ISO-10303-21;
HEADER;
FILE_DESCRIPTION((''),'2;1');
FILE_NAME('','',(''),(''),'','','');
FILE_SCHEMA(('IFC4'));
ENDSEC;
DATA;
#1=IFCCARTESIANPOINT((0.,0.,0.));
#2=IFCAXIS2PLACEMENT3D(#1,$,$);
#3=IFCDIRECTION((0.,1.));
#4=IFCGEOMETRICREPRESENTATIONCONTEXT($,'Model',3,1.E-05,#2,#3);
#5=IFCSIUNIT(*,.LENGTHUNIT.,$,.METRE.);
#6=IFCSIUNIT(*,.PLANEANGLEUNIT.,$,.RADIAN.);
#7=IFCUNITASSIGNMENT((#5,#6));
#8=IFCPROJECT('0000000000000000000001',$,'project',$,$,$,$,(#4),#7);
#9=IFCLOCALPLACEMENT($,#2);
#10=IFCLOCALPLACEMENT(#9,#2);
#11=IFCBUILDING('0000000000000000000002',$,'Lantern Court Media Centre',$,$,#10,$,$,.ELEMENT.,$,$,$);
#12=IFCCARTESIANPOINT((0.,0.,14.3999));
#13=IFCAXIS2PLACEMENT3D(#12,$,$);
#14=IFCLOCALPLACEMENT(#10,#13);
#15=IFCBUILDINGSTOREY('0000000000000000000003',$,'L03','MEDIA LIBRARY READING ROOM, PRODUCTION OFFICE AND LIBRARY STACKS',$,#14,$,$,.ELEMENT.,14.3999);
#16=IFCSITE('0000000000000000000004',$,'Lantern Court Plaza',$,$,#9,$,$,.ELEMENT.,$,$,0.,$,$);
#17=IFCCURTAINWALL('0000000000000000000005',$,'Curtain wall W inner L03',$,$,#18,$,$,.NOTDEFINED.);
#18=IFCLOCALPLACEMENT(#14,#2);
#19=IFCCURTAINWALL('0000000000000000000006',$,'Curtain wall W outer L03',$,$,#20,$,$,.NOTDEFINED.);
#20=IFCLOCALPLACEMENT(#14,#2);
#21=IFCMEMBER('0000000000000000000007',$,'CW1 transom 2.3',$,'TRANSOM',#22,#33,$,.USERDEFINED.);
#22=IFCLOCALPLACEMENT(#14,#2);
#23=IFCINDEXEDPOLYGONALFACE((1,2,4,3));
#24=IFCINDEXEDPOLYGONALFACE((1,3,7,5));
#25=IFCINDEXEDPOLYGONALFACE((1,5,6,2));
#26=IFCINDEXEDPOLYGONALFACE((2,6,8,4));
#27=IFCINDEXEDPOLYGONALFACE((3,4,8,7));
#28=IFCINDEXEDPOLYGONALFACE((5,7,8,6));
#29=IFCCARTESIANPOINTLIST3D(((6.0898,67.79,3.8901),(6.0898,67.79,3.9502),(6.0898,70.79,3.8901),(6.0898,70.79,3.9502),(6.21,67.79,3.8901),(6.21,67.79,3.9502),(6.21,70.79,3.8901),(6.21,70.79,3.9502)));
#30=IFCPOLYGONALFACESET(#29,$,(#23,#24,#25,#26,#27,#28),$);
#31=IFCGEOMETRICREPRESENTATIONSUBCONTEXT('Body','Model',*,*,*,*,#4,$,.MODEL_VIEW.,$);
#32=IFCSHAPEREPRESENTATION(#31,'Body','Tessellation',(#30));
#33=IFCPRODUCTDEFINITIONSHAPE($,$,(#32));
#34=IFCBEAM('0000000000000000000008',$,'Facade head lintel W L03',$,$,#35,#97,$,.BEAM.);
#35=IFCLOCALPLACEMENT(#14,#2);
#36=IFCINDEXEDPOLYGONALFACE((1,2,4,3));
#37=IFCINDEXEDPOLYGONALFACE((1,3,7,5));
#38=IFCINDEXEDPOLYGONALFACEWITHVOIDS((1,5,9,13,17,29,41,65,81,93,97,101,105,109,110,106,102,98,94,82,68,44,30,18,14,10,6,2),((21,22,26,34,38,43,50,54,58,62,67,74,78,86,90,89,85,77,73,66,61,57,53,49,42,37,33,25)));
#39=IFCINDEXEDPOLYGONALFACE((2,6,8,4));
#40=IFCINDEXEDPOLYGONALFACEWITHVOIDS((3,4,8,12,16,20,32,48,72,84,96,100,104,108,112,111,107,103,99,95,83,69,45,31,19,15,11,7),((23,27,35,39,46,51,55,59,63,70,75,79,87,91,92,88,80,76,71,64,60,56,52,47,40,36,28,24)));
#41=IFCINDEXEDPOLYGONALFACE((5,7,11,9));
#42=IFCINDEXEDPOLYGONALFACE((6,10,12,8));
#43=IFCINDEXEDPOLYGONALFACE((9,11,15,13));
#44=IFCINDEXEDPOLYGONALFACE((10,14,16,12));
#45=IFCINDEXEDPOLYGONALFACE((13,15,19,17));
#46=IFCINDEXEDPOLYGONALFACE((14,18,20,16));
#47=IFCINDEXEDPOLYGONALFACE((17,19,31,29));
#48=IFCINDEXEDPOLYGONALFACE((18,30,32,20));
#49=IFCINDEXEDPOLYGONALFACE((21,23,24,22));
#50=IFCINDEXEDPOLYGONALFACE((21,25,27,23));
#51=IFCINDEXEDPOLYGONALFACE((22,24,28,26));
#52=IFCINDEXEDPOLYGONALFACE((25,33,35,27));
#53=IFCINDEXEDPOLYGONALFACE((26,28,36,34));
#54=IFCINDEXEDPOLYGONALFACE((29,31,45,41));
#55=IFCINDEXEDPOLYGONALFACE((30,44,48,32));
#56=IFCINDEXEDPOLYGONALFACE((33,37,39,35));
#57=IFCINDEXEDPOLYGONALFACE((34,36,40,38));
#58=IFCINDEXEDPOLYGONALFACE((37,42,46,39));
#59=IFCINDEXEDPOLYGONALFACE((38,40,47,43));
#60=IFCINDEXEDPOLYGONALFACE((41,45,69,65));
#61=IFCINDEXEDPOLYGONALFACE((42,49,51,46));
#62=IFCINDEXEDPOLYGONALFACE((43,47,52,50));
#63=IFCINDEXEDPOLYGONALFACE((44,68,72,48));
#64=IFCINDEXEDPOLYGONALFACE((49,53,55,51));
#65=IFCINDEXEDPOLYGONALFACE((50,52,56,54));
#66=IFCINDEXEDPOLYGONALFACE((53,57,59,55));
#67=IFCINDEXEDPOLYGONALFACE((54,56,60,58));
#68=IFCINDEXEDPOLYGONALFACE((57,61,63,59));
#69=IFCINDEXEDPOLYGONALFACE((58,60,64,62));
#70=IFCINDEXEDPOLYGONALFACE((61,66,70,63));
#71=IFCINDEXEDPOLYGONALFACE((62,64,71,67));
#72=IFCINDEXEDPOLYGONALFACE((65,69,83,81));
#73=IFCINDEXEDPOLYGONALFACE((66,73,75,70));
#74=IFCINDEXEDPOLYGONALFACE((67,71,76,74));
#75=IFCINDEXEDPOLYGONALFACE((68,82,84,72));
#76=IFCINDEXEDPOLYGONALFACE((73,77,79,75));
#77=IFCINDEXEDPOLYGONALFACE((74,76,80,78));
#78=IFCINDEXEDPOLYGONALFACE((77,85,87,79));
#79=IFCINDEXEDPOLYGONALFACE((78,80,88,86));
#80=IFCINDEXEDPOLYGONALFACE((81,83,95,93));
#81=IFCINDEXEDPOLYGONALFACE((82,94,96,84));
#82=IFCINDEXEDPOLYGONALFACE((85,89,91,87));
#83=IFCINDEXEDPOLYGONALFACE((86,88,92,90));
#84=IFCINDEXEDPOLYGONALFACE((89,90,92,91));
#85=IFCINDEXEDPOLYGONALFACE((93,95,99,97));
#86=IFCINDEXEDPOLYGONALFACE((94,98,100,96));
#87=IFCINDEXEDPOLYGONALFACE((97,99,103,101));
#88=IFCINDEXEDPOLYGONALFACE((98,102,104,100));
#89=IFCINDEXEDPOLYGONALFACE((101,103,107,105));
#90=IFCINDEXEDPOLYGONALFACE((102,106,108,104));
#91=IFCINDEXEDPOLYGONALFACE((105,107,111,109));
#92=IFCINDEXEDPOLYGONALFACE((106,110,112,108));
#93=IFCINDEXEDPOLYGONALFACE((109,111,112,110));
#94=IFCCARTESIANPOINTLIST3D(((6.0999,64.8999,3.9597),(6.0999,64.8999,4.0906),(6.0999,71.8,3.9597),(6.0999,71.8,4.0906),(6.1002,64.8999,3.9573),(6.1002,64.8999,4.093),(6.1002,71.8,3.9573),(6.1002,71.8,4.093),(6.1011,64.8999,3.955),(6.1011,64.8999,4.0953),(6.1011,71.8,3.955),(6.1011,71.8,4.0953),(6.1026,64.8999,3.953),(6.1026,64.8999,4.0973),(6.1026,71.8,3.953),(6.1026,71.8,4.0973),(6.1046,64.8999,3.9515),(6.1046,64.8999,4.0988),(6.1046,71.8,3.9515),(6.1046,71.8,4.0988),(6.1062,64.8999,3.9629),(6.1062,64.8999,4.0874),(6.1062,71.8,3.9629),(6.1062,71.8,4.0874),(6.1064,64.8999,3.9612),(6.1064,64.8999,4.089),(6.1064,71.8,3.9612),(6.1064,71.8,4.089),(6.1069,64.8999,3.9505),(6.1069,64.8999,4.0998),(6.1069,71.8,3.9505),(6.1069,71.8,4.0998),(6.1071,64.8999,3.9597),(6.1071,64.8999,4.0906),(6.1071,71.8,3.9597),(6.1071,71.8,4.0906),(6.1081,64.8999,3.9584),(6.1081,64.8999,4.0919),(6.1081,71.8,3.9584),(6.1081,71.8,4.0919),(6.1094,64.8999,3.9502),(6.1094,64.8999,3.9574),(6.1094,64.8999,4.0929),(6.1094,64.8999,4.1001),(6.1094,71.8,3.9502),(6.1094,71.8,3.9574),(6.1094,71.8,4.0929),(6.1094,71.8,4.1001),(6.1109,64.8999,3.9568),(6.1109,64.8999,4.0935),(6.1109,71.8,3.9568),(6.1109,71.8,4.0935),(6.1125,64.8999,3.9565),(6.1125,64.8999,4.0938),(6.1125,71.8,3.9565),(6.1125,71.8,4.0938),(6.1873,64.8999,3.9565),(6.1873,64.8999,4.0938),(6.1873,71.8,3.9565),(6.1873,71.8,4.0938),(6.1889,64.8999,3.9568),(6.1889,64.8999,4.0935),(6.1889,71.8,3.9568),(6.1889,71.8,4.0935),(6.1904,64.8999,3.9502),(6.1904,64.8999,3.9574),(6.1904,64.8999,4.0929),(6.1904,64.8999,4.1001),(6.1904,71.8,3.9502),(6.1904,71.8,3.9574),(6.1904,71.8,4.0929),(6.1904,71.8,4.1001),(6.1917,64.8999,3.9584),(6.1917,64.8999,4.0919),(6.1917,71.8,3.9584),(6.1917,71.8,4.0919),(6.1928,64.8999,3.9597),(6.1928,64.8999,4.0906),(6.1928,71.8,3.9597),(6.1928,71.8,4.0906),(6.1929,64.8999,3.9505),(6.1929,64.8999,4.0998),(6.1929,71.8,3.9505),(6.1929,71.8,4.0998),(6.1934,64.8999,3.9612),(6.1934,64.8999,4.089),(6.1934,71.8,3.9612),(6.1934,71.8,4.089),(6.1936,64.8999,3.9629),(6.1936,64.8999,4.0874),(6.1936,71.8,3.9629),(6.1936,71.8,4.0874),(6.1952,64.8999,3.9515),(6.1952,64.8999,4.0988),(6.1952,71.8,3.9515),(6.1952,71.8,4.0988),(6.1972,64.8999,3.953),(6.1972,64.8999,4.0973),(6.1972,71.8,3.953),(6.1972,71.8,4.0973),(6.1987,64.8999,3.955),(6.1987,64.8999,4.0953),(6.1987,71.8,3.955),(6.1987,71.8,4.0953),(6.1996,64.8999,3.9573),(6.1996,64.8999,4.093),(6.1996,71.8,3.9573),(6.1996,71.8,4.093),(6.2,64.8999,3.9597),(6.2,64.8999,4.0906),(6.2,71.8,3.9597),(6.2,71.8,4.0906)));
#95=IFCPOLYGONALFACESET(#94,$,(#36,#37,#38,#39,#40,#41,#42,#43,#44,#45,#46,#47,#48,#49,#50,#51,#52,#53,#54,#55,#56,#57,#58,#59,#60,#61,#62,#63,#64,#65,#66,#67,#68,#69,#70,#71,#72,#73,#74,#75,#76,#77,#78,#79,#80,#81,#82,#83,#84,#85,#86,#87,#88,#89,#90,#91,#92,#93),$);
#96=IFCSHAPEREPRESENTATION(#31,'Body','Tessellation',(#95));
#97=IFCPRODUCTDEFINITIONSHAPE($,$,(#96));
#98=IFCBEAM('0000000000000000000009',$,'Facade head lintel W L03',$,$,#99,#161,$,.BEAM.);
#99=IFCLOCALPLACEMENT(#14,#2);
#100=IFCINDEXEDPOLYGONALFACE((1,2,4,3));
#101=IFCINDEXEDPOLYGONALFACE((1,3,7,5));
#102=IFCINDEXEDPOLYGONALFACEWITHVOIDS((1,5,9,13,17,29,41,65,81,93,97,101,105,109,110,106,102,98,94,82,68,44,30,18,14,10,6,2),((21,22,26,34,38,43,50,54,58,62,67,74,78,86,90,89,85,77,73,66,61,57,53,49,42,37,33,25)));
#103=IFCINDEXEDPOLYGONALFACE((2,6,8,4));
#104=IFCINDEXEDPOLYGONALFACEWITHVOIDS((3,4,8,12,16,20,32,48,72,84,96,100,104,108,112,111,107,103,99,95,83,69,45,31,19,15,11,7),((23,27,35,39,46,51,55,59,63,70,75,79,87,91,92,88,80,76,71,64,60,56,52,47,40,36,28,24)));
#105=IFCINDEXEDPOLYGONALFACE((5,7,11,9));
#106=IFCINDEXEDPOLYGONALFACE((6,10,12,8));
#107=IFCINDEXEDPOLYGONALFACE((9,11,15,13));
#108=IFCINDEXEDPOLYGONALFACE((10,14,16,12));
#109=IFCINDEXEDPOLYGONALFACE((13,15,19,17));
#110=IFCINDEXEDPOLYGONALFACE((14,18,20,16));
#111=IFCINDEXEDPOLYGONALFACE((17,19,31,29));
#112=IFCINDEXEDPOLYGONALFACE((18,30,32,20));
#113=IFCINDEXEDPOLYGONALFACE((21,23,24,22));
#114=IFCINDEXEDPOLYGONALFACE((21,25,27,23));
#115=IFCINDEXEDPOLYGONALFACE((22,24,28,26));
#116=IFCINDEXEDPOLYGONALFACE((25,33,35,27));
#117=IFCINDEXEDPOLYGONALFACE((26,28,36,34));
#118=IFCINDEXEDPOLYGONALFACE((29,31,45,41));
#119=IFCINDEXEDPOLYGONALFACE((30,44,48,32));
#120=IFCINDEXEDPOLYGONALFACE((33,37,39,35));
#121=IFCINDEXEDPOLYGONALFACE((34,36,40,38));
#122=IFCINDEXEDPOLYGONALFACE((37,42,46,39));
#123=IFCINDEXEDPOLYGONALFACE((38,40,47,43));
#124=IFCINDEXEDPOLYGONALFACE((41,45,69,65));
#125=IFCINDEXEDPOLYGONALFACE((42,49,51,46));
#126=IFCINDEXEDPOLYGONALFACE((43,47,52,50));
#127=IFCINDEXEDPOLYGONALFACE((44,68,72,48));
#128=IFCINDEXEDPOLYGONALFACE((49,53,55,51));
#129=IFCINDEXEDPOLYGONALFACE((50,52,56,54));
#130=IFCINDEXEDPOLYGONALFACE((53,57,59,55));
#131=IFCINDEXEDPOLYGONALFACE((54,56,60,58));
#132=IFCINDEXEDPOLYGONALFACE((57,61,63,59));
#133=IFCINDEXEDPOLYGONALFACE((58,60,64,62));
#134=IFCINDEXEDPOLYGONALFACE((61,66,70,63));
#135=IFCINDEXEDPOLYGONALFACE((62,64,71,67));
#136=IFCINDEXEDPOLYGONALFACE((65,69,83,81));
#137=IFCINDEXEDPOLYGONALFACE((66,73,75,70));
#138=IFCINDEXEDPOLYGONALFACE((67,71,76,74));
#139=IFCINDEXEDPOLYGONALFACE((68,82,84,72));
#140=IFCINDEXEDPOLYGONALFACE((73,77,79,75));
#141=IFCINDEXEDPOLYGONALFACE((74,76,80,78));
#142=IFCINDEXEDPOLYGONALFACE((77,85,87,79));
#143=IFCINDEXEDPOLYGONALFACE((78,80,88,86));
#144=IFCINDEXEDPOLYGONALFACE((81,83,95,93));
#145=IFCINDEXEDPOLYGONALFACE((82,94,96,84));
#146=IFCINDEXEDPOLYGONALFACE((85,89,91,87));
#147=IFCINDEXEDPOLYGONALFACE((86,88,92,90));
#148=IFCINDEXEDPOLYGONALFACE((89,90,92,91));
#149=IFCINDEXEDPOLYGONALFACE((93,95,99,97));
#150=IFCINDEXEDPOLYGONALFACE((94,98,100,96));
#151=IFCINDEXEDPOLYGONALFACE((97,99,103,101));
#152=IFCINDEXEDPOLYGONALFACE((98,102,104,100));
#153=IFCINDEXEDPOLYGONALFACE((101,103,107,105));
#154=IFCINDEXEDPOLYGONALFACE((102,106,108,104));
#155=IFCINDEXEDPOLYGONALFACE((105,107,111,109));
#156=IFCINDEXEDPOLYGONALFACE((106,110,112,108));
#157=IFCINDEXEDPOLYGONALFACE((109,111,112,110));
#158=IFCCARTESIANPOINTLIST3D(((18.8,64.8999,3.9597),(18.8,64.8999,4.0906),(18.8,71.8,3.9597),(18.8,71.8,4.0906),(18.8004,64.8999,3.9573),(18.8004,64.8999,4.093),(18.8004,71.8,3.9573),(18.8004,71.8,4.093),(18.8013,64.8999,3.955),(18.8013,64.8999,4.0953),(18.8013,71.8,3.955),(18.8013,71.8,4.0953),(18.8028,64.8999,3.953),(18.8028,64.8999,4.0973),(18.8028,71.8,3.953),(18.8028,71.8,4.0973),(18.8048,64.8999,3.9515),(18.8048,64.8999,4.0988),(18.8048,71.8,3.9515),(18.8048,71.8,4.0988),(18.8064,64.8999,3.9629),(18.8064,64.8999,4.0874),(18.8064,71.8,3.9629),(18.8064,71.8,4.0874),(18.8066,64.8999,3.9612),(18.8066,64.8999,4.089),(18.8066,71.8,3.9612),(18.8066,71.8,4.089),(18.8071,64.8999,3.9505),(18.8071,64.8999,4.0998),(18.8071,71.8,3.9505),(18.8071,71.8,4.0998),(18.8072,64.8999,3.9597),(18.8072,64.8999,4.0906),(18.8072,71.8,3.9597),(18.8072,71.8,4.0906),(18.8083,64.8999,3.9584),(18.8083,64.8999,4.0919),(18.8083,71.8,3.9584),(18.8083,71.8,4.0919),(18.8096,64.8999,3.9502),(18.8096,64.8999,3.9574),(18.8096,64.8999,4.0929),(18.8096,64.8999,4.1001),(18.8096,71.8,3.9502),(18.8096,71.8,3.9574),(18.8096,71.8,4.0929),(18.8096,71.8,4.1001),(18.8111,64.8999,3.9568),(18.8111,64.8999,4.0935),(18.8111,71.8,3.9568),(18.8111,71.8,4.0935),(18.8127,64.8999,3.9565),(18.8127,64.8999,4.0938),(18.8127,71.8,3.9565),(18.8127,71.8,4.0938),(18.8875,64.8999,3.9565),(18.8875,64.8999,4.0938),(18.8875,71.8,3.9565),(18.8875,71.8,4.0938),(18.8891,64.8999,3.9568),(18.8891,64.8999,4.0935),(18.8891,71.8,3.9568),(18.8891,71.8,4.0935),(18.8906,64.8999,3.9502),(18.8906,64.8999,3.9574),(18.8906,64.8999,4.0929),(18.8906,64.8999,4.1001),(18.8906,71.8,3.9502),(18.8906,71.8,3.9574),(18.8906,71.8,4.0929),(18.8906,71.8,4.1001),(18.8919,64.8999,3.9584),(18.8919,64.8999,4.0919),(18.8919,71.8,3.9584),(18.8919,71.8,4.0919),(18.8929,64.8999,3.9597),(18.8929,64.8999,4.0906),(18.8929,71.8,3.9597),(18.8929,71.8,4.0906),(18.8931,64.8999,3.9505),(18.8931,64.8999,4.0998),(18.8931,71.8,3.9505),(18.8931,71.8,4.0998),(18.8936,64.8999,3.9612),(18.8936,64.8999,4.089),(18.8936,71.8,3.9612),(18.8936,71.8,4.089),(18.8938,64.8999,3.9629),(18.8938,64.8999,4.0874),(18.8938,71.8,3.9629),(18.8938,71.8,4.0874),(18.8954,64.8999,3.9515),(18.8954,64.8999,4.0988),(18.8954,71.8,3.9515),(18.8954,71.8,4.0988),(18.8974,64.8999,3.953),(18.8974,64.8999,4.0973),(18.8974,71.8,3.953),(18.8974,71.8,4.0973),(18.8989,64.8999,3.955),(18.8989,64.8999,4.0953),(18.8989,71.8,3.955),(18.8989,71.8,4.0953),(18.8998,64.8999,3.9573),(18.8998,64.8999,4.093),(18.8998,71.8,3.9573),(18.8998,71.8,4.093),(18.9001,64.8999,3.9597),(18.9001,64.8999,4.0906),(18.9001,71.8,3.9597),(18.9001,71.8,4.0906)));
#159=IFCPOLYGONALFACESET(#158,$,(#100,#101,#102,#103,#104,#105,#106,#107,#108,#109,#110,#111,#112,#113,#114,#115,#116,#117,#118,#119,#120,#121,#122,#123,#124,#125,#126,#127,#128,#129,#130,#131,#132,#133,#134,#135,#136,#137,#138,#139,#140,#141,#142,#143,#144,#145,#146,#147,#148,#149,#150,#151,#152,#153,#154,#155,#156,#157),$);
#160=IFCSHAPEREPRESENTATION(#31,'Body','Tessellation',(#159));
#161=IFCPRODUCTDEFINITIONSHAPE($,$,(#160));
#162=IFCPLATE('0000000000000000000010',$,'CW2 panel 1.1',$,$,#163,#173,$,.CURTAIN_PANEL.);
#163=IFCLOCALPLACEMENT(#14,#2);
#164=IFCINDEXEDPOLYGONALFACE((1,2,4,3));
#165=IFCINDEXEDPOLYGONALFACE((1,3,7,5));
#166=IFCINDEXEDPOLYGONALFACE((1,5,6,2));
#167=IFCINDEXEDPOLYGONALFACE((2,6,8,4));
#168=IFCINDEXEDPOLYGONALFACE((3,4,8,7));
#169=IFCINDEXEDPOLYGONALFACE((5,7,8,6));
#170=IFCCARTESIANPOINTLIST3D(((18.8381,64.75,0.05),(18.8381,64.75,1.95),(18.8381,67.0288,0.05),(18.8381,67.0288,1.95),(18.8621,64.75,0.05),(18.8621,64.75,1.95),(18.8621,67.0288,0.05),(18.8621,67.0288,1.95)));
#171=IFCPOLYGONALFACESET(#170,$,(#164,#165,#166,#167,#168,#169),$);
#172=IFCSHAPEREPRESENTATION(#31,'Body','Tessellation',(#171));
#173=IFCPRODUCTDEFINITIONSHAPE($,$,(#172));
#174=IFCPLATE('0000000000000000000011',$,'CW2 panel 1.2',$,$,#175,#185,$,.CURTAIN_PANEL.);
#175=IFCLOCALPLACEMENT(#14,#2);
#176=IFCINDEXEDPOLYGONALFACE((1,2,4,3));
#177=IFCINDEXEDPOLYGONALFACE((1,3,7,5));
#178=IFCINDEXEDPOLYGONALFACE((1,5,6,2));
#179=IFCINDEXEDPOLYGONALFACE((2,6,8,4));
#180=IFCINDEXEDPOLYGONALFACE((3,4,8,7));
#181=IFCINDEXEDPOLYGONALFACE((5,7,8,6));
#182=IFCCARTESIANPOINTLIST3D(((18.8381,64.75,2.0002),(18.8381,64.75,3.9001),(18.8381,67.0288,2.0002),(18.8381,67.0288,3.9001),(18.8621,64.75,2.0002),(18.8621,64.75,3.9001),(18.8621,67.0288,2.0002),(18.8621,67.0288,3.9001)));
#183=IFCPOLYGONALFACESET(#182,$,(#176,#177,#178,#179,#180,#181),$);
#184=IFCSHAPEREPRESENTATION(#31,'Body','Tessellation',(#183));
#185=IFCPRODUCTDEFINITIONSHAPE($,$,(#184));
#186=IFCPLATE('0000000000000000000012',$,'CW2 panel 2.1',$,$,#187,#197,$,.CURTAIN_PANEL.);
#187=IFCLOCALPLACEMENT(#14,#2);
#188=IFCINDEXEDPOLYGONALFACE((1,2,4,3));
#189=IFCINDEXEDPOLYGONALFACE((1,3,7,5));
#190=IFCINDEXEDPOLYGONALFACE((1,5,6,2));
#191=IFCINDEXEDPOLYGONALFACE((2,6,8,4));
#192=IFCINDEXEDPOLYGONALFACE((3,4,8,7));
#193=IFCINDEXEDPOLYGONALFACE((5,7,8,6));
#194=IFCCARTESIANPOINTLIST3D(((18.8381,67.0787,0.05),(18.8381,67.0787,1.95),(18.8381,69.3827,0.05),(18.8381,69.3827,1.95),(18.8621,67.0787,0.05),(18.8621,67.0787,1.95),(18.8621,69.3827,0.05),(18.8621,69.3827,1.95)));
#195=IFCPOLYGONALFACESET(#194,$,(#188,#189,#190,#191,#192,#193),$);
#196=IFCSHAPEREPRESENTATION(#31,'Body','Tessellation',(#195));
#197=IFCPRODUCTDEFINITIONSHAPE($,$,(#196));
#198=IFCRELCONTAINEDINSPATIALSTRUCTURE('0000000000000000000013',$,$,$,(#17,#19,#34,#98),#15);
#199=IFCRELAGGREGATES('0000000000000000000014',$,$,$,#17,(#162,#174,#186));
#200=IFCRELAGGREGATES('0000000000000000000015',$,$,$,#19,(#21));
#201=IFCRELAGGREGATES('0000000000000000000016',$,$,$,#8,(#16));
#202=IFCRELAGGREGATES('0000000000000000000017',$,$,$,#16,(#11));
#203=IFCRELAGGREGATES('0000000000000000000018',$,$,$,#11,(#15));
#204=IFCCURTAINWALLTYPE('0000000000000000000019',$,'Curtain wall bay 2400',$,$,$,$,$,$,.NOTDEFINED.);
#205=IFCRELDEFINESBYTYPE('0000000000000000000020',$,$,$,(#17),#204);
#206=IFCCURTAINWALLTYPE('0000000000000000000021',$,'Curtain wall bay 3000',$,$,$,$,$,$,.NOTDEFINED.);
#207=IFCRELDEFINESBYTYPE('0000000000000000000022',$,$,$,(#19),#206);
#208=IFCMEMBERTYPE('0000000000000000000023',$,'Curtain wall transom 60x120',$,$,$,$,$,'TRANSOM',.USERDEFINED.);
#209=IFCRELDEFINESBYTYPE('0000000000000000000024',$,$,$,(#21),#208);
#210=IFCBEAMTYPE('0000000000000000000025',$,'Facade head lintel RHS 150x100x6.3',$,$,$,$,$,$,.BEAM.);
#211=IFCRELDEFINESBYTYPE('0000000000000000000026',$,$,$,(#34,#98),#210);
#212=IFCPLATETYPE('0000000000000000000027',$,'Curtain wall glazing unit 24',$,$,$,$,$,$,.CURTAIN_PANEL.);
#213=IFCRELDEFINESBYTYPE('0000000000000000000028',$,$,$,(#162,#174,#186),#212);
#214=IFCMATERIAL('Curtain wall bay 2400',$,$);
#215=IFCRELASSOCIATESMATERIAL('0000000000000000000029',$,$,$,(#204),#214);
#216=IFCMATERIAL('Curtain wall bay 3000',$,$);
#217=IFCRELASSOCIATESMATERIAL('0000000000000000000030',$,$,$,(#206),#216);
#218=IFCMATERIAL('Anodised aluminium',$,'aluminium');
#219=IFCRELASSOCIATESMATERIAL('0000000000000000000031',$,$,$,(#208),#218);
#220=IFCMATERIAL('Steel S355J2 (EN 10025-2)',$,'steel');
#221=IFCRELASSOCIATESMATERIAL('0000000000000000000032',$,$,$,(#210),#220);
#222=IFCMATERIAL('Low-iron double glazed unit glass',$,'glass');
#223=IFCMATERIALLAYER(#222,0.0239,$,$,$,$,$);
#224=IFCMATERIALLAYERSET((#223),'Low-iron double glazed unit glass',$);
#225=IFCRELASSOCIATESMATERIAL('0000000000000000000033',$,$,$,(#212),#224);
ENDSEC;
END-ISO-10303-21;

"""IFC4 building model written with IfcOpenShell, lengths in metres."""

from ifc_helpers import new_model, si_unit, direction, frame, origin, origin_2d, place, context, subcontext, project, spatial, rectangle, hollow_rectangle, extrude, material, layer, layer_set, material_profile, profile_set, type_object, element, aggregate, save


model = new_model("IFC4")

# Units and contexts
model_context = context("Model", 3, precision=1e-05, world=origin(), true_north=direction((0.0, 1.0)))
body_context = subcontext(model_context, "Body", "Model", "MODEL_VIEW")
ifc_project = project(units=[si_unit("LENGTHUNIT", "METRE"), si_unit("PLANEANGLEUNIT", "RADIAN")], contexts=[model_context])

# Site, building, storey
site_placement = place(None, origin())
site = spatial("IfcSite", under=ifc_project, at=site_placement, Name="Lantern Court Plaza", CompositionType="ELEMENT", RefElevation=0.0)
building_placement = place(site_placement, origin())
building = spatial("IfcBuilding", under=site, at=building_placement, Name="Lantern Court Media Centre", CompositionType="ELEMENT")
storey_placement = place(building_placement, frame((0.0, 0.0, 14.3999)))
storey = spatial("IfcBuildingStorey", under=building, at=storey_placement, Name="L03", Description="MEDIA LIBRARY READING ROOM, PRODUCTION OFFICE AND LIBRARY STACKS", CompositionType="ELEMENT", Elevation=14.3999)

# Curtain wall
ifc_material_1 = material(Name="Curtain wall bay 2400")
curtain_wall_type_1 = type_object("IfcCurtainWallType", Name="Curtain wall bay 2400", PredefinedType="NOTDEFINED", material=ifc_material_1)
curtain_wall_1_placement = place(storey_placement, origin())
curtain_wall_1 = element("IfcCurtainWall", 1, at=curtain_wall_1_placement, inside=storey, type_object=curtain_wall_type_1, Name="Curtain wall W inner L03", PredefinedType="NOTDEFINED")
ifc_material_2 = material(Name="Anodised aluminium", Category="aluminium")

# Curtain wall
ifc_material_3 = material(Name="Curtain wall bay 3000")
curtain_wall_type_2 = type_object("IfcCurtainWallType", Name="Curtain wall bay 3000", PredefinedType="NOTDEFINED", material=ifc_material_3)
curtain_wall_2_placement = place(storey_placement, origin())
curtain_wall_2 = element("IfcCurtainWall", 2, at=curtain_wall_2_placement, inside=storey, type_object=curtain_wall_type_2, Name="Curtain wall W outer L03", PredefinedType="NOTDEFINED")

# Member
ifc_material_profile_1 = material_profile(ifc_material_2, rectangle(XDim=0.1201, YDim=0.0601, at=origin_2d()), Name="AL 60x120")
ifc_profile_set_1 = profile_set([ifc_material_profile_1], Name="Anodised aluminium")
member_type_1 = type_object("IfcMemberType", Name="Curtain wall transom 60x120", ElementType="TRANSOM", PredefinedType="USERDEFINED", material=ifc_profile_set_1)
member_1_placement = place(storey_placement, frame((6.1499, 67.79, 3.9202), z_axis=(0.0, 1.0, 0.0), x_axis=(-1.0, 0.0, 0.0)))
member_1 = element("IfcMember", 3, at=member_1_placement, type_object=member_type_1, Name="CW1 transom 2.3", ObjectType="TRANSOM", PredefinedType="USERDEFINED", context=body_context, shape_type="SweptSolid", body=[
    extrude(rectangle(XDim=0.1201, YDim=0.0601, at=origin_2d()), origin(), (0.0, 0.0, 1.0), 3.0),
])

# Beams
ifc_material_4 = material(Name="Steel S355J2 (EN 10025-2)", Category="steel")
ifc_material_profile_2 = material_profile(ifc_material_4, hollow_rectangle(XDim=0.1001, YDim=0.1499, WallThickness=0.0063, InnerFilletRadius=0.0063, OuterFilletRadius=0.0095, at=origin_2d()), Name="Facade head lintel RHS 150x100x6.3")
ifc_profile_set_2 = profile_set([ifc_material_profile_2], Name="Steel S355J2 (EN 10025-2)")
beam_type = type_object("IfcBeamType", Name="Facade head lintel RHS 150x100x6.3", PredefinedType="BEAM", material=ifc_profile_set_2)
for number, where, z_axis, x_axis, name in (
    (4, (6.1499, 64.8999, 4.0251), (0.0, 1.0, 0.0), (-1.0, 0.0, 0.0), "Facade head lintel W L03"),
    (5, (18.8501, 64.8999, 4.0251), (0.0, 1.0, 0.0), (-1.0, 0.0, 0.0), "Facade head lintel W L03"),
):
    element("IfcBeam", number, at=place(storey_placement, frame(where, z_axis=z_axis, x_axis=x_axis)), inside=storey, type_object=beam_type, Name=name, PredefinedType="BEAM", context=body_context, shape_type="SweptSolid", body=[
        extrude(hollow_rectangle(XDim=0.1001, YDim=0.1499, WallThickness=0.0063, InnerFilletRadius=0.0063, OuterFilletRadius=0.0095, at=origin_2d()), origin(), (0.0, 0.0, 1.0), 6.9001),
    ])

# Plates
ifc_material_5 = material(Name="Low-iron double glazed unit glass", Category="glass")
ifc_layer_1 = layer(ifc_material_5, 0.0239)
ifc_layer_set_1 = layer_set([ifc_layer_1], Name="Low-iron double glazed unit glass")
plate_type_1 = type_object("IfcPlateType", Name="Curtain wall glazing unit 24", PredefinedType="CURTAIN_PANEL", material=ifc_layer_set_1)
plate_1_placement = place(storey_placement, frame((18.8501, 65.8894, 0.05), z_axis=(0.0, 0.0, 1.0), x_axis=(0.0, 1.0, 0.0)))
plate_1 = element("IfcPlate", 6, at=plate_1_placement, type_object=plate_type_1, Name="CW2 panel 1.1", PredefinedType="CURTAIN_PANEL", context=body_context, shape_type="SweptSolid", body=[
    extrude(rectangle(XDim=2.2788, YDim=0.0239, at=origin_2d()), origin(), (0.0, 0.0, 1.0), 1.8999),
])
plate_2_placement = place(storey_placement, frame((18.8501, 65.8894, 2.0002), z_axis=(0.0, 0.0, 1.0), x_axis=(0.0, 1.0, 0.0)))
plate_2 = element("IfcPlate", 7, at=plate_2_placement, type_object=plate_type_1, Name="CW2 panel 1.2", PredefinedType="CURTAIN_PANEL", context=body_context, shape_type="SweptSolid", body=[
    extrude(rectangle(XDim=2.2788, YDim=0.0239, at=origin_2d()), origin(), (0.0, 0.0, 1.0), 1.8999),
])
plate_3_placement = place(storey_placement, frame((18.8501, 68.2307, 0.05), z_axis=(0.0, 0.0, 1.0), x_axis=(0.0, 1.0, 0.0)))
plate_3 = element("IfcPlate", 8, at=plate_3_placement, type_object=plate_type_1, Name="CW2 panel 2.1", PredefinedType="CURTAIN_PANEL", context=body_context, shape_type="SweptSolid", body=[
    extrude(rectangle(XDim=2.304, YDim=0.0239, at=origin_2d()), origin(), (0.0, 0.0, 1.0), 1.8999),
])
aggregate(curtain_wall_1, [plate_1, plate_2, plate_3])
aggregate(curtain_wall_2, [member_1])

save(model, "model.ifc")
